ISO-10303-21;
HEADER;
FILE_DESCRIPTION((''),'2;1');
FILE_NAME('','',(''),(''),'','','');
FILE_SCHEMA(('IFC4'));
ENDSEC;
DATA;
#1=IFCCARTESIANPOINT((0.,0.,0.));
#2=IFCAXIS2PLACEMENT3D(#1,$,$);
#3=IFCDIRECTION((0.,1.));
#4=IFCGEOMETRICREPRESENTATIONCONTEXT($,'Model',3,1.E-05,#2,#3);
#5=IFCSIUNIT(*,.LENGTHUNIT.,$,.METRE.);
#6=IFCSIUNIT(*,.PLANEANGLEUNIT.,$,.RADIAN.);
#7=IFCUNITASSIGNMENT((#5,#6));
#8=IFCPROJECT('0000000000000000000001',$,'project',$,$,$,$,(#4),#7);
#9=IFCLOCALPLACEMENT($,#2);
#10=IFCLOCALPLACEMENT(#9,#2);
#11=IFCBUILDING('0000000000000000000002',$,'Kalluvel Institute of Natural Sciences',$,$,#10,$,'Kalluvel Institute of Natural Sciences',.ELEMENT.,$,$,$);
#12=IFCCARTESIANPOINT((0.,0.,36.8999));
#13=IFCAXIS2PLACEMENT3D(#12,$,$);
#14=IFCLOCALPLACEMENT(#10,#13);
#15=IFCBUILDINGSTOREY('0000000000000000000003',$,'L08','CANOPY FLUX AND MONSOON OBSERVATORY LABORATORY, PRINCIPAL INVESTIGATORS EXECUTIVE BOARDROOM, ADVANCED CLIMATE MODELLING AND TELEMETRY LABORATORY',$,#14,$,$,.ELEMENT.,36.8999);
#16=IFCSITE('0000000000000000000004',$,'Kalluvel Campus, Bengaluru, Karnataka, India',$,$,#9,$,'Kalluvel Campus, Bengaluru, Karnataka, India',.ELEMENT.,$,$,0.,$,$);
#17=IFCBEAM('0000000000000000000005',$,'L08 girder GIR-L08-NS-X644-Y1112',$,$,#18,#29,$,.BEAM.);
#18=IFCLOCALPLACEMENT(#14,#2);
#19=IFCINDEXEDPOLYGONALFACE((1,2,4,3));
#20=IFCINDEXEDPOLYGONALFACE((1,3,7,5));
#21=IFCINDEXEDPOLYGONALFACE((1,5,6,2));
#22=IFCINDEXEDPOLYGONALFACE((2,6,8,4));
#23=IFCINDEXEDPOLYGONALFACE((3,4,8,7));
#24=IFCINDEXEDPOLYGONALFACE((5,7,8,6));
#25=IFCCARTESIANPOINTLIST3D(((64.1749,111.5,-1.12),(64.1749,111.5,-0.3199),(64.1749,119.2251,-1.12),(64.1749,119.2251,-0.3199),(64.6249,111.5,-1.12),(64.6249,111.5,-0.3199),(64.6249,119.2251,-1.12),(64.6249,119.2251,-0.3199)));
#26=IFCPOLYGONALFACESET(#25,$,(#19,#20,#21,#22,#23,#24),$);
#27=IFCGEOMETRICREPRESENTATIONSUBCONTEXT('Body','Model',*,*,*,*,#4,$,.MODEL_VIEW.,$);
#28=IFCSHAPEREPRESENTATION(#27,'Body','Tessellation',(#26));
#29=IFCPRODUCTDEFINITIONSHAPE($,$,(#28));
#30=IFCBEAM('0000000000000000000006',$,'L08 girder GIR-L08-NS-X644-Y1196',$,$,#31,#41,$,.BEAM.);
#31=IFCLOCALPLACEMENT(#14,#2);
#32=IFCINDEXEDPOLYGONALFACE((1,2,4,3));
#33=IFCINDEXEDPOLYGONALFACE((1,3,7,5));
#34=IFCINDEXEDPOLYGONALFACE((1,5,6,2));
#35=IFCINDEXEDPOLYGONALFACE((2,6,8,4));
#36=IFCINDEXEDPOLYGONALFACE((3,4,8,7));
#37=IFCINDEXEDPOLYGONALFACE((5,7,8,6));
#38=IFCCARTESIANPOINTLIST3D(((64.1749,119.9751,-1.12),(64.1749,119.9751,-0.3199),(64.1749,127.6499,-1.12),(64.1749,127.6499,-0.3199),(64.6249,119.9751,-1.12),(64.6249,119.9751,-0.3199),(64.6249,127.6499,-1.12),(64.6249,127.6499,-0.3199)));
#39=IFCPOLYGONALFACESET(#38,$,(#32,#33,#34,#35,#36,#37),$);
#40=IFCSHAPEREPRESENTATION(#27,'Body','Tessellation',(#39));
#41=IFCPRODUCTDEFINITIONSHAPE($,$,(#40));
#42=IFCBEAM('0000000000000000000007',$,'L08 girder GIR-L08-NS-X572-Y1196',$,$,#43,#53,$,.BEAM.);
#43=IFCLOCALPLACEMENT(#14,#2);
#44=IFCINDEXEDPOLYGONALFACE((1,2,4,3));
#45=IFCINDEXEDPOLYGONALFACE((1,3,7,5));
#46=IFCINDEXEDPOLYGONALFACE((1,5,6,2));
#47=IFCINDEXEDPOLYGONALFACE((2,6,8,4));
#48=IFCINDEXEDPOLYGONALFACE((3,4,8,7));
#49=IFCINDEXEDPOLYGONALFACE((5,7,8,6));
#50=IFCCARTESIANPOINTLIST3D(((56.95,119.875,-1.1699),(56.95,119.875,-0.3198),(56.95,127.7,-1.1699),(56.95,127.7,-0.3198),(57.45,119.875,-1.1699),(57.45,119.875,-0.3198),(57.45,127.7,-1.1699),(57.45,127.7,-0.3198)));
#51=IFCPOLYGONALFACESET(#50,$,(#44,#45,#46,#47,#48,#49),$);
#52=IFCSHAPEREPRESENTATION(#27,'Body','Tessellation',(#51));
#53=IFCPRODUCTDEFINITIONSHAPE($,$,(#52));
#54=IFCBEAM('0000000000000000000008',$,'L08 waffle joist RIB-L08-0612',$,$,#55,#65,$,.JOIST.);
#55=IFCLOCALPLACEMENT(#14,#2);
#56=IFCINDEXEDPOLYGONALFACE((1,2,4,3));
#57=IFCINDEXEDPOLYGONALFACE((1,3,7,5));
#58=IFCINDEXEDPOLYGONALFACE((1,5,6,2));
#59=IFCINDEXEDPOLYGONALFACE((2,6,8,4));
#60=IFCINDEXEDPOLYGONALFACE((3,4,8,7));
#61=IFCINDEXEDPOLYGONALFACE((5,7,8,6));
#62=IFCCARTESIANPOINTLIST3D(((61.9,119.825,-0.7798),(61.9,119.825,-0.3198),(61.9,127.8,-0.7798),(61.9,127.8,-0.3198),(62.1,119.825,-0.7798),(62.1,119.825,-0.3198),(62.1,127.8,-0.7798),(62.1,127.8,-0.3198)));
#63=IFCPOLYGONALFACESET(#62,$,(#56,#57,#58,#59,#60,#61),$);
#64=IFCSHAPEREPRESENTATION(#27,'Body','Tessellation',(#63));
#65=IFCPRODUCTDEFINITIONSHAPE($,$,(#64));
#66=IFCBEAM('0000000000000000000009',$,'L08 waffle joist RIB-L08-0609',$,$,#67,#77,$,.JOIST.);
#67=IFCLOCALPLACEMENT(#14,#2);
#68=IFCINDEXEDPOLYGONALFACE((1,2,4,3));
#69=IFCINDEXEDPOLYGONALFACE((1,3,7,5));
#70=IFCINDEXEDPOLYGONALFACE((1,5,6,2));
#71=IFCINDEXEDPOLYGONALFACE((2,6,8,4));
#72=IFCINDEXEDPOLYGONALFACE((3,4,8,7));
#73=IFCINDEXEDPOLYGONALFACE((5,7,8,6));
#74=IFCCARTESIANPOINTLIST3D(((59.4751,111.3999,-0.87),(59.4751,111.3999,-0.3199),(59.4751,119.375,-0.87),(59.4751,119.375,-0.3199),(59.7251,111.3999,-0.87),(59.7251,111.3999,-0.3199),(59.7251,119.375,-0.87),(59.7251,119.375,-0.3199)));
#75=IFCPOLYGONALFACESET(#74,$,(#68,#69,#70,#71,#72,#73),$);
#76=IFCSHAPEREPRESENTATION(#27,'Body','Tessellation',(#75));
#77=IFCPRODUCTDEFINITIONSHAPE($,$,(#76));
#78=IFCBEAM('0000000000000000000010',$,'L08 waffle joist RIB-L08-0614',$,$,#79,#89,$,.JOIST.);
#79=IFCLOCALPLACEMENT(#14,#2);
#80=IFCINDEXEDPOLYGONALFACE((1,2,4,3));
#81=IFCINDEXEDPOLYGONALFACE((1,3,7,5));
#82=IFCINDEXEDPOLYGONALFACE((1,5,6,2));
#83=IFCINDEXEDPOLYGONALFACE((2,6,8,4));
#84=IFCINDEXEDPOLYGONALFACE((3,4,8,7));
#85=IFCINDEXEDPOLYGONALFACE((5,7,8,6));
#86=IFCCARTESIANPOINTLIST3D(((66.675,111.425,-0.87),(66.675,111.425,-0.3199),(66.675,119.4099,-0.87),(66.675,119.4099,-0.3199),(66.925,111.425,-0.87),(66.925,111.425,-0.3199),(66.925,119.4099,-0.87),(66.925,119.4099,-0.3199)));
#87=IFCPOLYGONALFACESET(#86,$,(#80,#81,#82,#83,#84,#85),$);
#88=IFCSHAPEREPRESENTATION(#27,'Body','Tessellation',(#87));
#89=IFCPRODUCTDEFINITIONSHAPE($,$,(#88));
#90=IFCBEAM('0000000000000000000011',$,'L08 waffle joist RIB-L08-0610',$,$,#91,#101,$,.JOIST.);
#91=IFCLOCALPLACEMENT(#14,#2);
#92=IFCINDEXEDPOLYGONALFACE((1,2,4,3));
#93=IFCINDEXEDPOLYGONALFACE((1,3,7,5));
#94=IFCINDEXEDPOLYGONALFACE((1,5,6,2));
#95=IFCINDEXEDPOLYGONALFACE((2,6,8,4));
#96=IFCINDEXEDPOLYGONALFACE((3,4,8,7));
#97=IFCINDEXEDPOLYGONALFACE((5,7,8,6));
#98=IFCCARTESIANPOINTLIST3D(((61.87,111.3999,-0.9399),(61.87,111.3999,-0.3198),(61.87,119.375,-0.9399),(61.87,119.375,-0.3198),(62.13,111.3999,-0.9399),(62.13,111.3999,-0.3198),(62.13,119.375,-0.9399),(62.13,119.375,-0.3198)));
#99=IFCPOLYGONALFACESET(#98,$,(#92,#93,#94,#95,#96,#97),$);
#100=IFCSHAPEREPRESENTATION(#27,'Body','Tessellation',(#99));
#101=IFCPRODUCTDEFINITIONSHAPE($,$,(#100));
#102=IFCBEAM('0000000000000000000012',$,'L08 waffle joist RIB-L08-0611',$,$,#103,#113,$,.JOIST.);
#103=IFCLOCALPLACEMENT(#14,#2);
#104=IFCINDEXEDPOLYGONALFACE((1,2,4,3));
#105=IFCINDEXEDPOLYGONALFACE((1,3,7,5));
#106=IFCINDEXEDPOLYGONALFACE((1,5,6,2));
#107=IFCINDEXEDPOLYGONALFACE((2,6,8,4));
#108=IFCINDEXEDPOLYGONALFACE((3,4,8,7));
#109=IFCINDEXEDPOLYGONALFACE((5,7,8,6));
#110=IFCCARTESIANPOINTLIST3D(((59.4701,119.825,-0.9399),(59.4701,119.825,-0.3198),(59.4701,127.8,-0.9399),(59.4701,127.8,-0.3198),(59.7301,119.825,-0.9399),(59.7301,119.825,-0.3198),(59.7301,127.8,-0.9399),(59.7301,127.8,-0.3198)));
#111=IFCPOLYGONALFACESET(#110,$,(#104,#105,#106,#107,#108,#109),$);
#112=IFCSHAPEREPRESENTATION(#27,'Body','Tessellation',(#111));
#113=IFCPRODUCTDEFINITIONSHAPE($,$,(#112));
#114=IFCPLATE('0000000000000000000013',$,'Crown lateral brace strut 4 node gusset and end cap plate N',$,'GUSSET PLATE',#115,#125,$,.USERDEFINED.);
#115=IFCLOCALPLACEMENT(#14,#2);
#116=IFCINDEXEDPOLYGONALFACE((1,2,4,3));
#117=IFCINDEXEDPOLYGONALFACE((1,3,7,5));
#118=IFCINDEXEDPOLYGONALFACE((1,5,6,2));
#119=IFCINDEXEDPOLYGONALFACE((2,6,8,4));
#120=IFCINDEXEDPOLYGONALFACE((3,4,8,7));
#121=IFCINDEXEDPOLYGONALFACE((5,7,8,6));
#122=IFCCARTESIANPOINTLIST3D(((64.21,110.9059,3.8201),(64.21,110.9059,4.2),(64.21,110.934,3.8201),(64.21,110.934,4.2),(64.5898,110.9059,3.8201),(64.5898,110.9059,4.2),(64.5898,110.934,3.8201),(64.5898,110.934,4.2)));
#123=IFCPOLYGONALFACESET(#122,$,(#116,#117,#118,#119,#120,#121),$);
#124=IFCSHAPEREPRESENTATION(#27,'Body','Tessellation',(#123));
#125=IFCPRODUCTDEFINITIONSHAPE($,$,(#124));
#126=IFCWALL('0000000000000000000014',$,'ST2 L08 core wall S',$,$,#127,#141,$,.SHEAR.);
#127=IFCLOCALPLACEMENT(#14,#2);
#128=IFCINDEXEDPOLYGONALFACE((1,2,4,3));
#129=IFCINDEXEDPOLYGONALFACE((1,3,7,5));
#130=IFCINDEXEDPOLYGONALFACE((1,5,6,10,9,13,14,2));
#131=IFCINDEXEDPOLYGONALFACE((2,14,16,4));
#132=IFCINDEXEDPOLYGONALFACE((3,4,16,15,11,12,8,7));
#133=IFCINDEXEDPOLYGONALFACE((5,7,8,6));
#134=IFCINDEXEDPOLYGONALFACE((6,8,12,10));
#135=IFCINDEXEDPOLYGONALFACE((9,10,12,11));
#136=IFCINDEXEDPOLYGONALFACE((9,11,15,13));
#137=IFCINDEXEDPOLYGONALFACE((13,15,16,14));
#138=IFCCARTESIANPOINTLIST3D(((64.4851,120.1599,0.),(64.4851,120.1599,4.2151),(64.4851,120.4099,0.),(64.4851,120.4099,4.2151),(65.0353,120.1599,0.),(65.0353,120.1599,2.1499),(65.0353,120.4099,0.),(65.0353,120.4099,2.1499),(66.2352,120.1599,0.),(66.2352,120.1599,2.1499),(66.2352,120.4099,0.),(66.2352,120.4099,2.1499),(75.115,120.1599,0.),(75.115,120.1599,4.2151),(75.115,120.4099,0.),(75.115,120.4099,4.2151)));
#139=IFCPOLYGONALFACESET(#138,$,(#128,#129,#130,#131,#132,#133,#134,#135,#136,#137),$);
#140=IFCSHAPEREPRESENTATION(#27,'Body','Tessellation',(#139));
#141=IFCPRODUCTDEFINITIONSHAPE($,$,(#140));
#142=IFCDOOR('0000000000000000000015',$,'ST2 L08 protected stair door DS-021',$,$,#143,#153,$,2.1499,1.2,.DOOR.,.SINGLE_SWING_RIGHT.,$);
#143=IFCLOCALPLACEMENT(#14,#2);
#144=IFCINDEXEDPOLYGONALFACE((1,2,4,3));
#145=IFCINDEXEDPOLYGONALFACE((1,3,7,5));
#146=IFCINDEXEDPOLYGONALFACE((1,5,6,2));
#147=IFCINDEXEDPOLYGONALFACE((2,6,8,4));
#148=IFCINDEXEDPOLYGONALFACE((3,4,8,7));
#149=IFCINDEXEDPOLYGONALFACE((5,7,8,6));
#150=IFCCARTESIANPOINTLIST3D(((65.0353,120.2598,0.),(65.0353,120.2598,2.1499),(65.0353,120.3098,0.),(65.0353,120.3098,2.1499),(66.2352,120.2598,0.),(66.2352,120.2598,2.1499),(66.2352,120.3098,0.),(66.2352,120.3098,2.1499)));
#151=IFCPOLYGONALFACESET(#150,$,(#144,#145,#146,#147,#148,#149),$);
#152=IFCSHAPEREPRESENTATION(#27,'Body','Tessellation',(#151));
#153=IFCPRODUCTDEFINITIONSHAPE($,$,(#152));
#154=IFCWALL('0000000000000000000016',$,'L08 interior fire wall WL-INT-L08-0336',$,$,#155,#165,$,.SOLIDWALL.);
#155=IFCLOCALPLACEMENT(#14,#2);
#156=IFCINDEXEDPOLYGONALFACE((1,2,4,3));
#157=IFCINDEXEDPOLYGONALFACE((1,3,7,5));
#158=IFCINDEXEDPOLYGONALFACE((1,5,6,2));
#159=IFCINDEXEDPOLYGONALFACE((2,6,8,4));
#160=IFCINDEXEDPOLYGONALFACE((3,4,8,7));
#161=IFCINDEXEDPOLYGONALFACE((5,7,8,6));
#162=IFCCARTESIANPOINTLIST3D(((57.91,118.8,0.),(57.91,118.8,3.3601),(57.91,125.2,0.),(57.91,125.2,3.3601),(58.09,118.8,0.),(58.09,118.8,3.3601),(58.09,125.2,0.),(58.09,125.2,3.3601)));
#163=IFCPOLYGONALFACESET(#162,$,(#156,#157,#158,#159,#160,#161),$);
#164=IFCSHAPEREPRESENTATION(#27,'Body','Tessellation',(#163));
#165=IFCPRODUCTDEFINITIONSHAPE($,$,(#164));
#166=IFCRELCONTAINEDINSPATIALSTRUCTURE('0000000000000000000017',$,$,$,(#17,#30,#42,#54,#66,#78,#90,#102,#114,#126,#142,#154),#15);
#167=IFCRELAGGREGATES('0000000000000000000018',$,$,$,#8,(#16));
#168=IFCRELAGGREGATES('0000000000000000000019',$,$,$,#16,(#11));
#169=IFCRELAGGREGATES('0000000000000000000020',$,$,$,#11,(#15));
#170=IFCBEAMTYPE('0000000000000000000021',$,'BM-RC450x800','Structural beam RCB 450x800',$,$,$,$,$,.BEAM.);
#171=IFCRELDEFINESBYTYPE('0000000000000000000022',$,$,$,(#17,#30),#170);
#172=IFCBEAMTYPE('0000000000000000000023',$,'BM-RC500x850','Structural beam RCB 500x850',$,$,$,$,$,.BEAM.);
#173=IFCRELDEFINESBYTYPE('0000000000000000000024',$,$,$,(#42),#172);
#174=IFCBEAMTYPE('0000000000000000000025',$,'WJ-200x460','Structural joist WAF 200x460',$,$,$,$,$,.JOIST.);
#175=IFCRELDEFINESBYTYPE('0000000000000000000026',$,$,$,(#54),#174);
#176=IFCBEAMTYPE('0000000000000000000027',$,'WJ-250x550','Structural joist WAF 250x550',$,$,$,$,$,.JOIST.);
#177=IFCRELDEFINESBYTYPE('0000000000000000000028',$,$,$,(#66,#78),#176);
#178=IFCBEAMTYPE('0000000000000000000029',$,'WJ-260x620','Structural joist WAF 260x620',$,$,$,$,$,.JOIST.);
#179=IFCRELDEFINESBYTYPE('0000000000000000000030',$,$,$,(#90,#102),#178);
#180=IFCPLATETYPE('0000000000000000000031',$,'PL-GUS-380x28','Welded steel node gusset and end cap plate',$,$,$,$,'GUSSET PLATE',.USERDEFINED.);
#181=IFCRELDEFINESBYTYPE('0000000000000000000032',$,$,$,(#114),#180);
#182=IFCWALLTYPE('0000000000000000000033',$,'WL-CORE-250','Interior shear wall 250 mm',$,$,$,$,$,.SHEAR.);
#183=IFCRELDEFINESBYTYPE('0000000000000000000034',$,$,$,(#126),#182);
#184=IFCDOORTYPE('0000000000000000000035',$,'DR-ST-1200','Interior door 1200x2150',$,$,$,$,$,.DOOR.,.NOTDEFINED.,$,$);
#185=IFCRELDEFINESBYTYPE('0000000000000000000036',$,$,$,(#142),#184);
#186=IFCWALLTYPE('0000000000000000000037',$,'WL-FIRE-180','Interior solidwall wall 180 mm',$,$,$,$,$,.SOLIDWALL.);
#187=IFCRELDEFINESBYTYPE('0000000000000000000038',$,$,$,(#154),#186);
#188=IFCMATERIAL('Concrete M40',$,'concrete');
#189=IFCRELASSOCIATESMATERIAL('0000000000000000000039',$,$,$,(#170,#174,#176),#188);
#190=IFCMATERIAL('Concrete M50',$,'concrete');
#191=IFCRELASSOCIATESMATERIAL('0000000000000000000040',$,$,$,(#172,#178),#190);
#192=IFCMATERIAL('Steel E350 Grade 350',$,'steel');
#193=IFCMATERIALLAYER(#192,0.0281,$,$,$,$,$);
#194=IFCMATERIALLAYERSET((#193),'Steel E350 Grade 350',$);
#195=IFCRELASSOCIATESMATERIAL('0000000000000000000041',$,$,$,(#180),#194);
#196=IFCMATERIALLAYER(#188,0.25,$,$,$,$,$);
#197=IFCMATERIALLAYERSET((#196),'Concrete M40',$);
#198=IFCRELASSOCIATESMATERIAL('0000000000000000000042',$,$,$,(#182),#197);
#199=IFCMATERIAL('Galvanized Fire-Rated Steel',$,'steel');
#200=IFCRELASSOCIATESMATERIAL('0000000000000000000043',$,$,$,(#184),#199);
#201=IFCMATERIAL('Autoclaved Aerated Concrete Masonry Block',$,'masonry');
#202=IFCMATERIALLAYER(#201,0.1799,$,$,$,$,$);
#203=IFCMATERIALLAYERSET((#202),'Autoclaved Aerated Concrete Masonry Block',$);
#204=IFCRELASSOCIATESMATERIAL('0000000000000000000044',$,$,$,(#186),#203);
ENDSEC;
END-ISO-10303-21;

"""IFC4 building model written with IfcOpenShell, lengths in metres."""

from ifc_helpers import new_model, si_unit, direction, frame, frame_2d, origin, origin_2d, place, context, subcontext, project, spatial, rectangle, extrude, material, layer, layer_set, material_profile, profile_set, type_object, element, fill, save


model = new_model("IFC4")

# Units and contexts
model_context = context("Model", 3, precision=1e-05, world=origin(), true_north=direction((0.0, 1.0)))
body_context = subcontext(model_context, "Body", "Model", "MODEL_VIEW")
ifc_project = project(units=[si_unit("LENGTHUNIT", "METRE"), si_unit("PLANEANGLEUNIT", "RADIAN")], contexts=[model_context])

# Site, building, storey
site_placement = place(None, origin())
site = spatial("IfcSite", under=ifc_project, at=site_placement, Name="Kalluvel Campus, Bengaluru, Karnataka, India", LongName="Kalluvel Campus, Bengaluru, Karnataka, India", CompositionType="ELEMENT", RefElevation=0.0)
building_placement = place(site_placement, origin())
building = spatial("IfcBuilding", under=site, at=building_placement, Name="Kalluvel Institute of Natural Sciences", LongName="Kalluvel Institute of Natural Sciences", CompositionType="ELEMENT")
storey_placement = place(building_placement, frame((0.0, 0.0, 36.8999)))
storey = spatial("IfcBuildingStorey", under=building, at=storey_placement, Name="L08", Description="CANOPY FLUX AND MONSOON OBSERVATORY LABORATORY, PRINCIPAL INVESTIGATORS EXECUTIVE BOARDROOM, ADVANCED CLIMATE MODELLING AND TELEMETRY LABORATORY", CompositionType="ELEMENT", Elevation=36.8999)

# Shared definitions
ifc_material_1 = material(Name="Steel E350 Grade 350", Category="steel")
ifc_material_2 = material(Name="Concrete M40", Category="concrete")

# Beams
ifc_material_profile_1 = material_profile(ifc_material_2, rectangle(XDim=0.45, YDim=0.8, at=origin_2d()), Name="RCB 450x800")
ifc_profile_set_1 = profile_set([ifc_material_profile_1], Name="Concrete M40")
beam_type_1 = type_object("IfcBeamType", Name="BM-RC450x800", Description="Structural beam RCB 450x800", PredefinedType="BEAM", material=ifc_profile_set_1)
beam_1_placement = place(storey_placement, frame((64.3999, 111.5, -0.72), z_axis=(0.0, 1.0, 0.0), x_axis=(-1.0, 0.0, 0.0)))
element("IfcBeam", 1, at=beam_1_placement, inside=storey, type_object=beam_type_1, Name="L08 girder GIR-L08-NS-X644-Y1112", PredefinedType="BEAM", context=body_context, shape_type="SweptSolid", body=[
    extrude(rectangle(XDim=0.45, YDim=0.8, at=origin_2d()), origin(), (0.0, 0.0, 1.0), 7.7251),
])
beam_2_placement = place(storey_placement, frame((64.3999, 119.9751, -0.72), z_axis=(0.0, 1.0, 0.0), x_axis=(-1.0, 0.0, 0.0)))
element("IfcBeam", 2, at=beam_2_placement, inside=storey, type_object=beam_type_1, Name="L08 girder GIR-L08-NS-X644-Y1196", PredefinedType="BEAM", context=body_context, shape_type="SweptSolid", body=[
    extrude(rectangle(XDim=0.45, YDim=0.8, at=origin_2d()), origin(), (0.0, 0.0, 1.0), 7.6748),
])
ifc_material_3 = material(Name="Concrete M50", Category="concrete")
ifc_material_profile_2 = material_profile(ifc_material_3, rectangle(XDim=0.5, YDim=0.8501, at=origin_2d()), Name="RCB 500x850")
ifc_profile_set_2 = profile_set([ifc_material_profile_2], Name="Concrete M50")
beam_type_2 = type_object("IfcBeamType", Name="BM-RC500x850", Description="Structural beam RCB 500x850", PredefinedType="BEAM", material=ifc_profile_set_2)
beam_3_placement = place(storey_placement, frame((57.2, 119.875, -0.7449), z_axis=(0.0, 1.0, 0.0), x_axis=(-1.0, 0.0, 0.0)))
element("IfcBeam", 3, at=beam_3_placement, inside=storey, type_object=beam_type_2, Name="L08 girder GIR-L08-NS-X572-Y1196", PredefinedType="BEAM", context=body_context, shape_type="SweptSolid", body=[
    extrude(rectangle(XDim=0.5, YDim=0.8501, at=origin_2d()), origin(), (0.0, 0.0, 1.0), 7.825),
])
ifc_material_profile_3 = material_profile(ifc_material_2, rectangle(XDim=0.2, YDim=0.46, at=origin_2d()), Name="WAF 200x460")
ifc_profile_set_3 = profile_set([ifc_material_profile_3], Name="Concrete M40")
beam_type_3 = type_object("IfcBeamType", Name="WJ-200x460", Description="Structural joist WAF 200x460", PredefinedType="JOIST", material=ifc_profile_set_3)
beam_4_placement = place(storey_placement, frame((62.0, 119.825, -0.5498), z_axis=(0.0, 1.0, 0.0), x_axis=(-1.0, 0.0, 0.0)))
element("IfcBeam", 4, at=beam_4_placement, inside=storey, type_object=beam_type_3, Name="L08 waffle joist RIB-L08-0612", PredefinedType="JOIST", context=body_context, shape_type="SweptSolid", body=[
    extrude(rectangle(XDim=0.2, YDim=0.46, at=origin_2d()), origin(), (0.0, 0.0, 1.0), 7.9751),
])
ifc_material_profile_4 = material_profile(ifc_material_2, rectangle(XDim=0.25, YDim=0.55, at=origin_2d()), Name="WAF 250x550")
ifc_profile_set_4 = profile_set([ifc_material_profile_4], Name="Concrete M40")
beam_type_4 = type_object("IfcBeamType", Name="WJ-250x550", Description="Structural joist WAF 250x550", PredefinedType="JOIST", material=ifc_profile_set_4)
beam_5_placement = place(storey_placement, frame((59.6001, 111.3999, -0.595), z_axis=(0.0, 1.0, 0.0), x_axis=(-1.0, 0.0, 0.0)))
element("IfcBeam", 5, at=beam_5_placement, inside=storey, type_object=beam_type_4, Name="L08 waffle joist RIB-L08-0609", PredefinedType="JOIST", context=body_context, shape_type="SweptSolid", body=[
    extrude(rectangle(XDim=0.25, YDim=0.55, at=origin_2d()), origin(), (0.0, 0.0, 1.0), 7.9751),
])
beam_6_placement = place(storey_placement, frame((66.8, 111.425, -0.595), z_axis=(0.0, 1.0, 0.0), x_axis=(-1.0, 0.0, 0.0)))
element("IfcBeam", 6, at=beam_6_placement, inside=storey, type_object=beam_type_4, Name="L08 waffle joist RIB-L08-0614", PredefinedType="JOIST", context=body_context, shape_type="SweptSolid", body=[
    extrude(rectangle(XDim=0.25, YDim=0.55, at=origin_2d()), origin(), (0.0, 0.0, 1.0), 7.9849),
])
ifc_material_profile_5 = material_profile(ifc_material_3, rectangle(XDim=0.26, YDim=0.6201, at=origin_2d()), Name="WAF 260x620")
ifc_profile_set_5 = profile_set([ifc_material_profile_5], Name="Concrete M50")
beam_type_5 = type_object("IfcBeamType", Name="WJ-260x620", Description="Structural joist WAF 260x620", PredefinedType="JOIST", material=ifc_profile_set_5)
for number, where, z_axis, x_axis, name in (
    (7, (62.0, 111.3999, -0.6299), (0.0, 1.0, 0.0), (-1.0, 0.0, 0.0), "L08 waffle joist RIB-L08-0610"),
    (8, (59.6001, 119.825, -0.6299), (0.0, 1.0, 0.0), (-1.0, 0.0, 0.0), "L08 waffle joist RIB-L08-0611"),
):
    element("IfcBeam", number, at=place(storey_placement, frame(where, z_axis=z_axis, x_axis=x_axis)), inside=storey, type_object=beam_type_5, Name=name, PredefinedType="JOIST", context=body_context, shape_type="SweptSolid", body=[
        extrude(rectangle(XDim=0.26, YDim=0.6201, at=origin_2d()), origin(), (0.0, 0.0, 1.0), 7.9751),
    ])

# Plate
ifc_layer_1 = layer(ifc_material_1, 0.0281)
ifc_layer_set_1 = layer_set([ifc_layer_1], Name="Steel E350 Grade 350")
plate_type = type_object("IfcPlateType", Name="PL-GUS-380x28", Description="Welded steel node gusset and end cap plate", ElementType="GUSSET PLATE", PredefinedType="USERDEFINED", material=ifc_layer_set_1)
plate_placement = place(storey_placement, frame((64.3999, 110.9199, 3.8201), z_axis=(0.0, 0.0, 1.0), x_axis=(1.0, 0.0, 0.0)))
element("IfcPlate", 9, at=plate_placement, inside=storey, type_object=plate_type, Name="Crown lateral brace strut 4 node gusset and end cap plate N", ObjectType="GUSSET PLATE", PredefinedType="USERDEFINED", context=body_context, shape_type="SweptSolid", body=[
    extrude(rectangle(XDim=0.3799, YDim=0.0281, at=origin_2d()), origin(), (0.0, 0.0, 1.0), 0.3799),
])

# Wall, opening, door
ifc_layer_2 = layer(ifc_material_2, 0.25)
ifc_layer_set_2 = layer_set([ifc_layer_2], Name="Concrete M40")
wall_type_1 = type_object("IfcWallType", Name="WL-CORE-250", Description="Interior shear wall 250 mm", PredefinedType="SHEAR", material=ifc_layer_set_2)
wall_1_placement = place(storey_placement, frame((64.4851, 120.2849, 0.0), z_axis=(0.0, 0.0, 1.0), x_axis=(1.0, 0.0, 0.0)))
wall_1 = element("IfcWall", 10, at=wall_1_placement, inside=storey, type_object=wall_type_1, Name="ST2 L08 core wall S", PredefinedType="SHEAR", context=body_context, shape_type="SweptSolid", body=[
    extrude(rectangle(XDim=10.6299, YDim=0.25, at=frame_2d((5.3149, 0.0))), origin(), (0.0, 0.0, 1.0), 4.2151),
])
opening_1_placement = place(wall_1_placement, frame((0.55, 0.0, 0.0)))
opening_1 = element("IfcOpeningElement", 11, at=opening_1_placement, cuts=wall_1, PredefinedType="OPENING", context=body_context, shape_type="SweptSolid", body=[
    extrude(rectangle(XDim=1.2, YDim=2.1499, at=frame_2d((0.6001, 1.075))), frame((0.0, 0.135, 0.0), z_axis=(0.0, -1.0, 0.0), x_axis=(1.0, 0.0, 0.0)), (0.0, 0.0, 1.0), 0.27),
])
ifc_material_4 = material(Name="Galvanized Fire-Rated Steel", Category="steel")
door_type_1 = type_object("IfcDoorType", Name="DR-ST-1200", Description="Interior door 1200x2150", OperationType="NOTDEFINED", PredefinedType="DOOR", material=ifc_material_4)
door_1_placement = place(opening_1_placement, origin())
door_1 = element("IfcDoor", 12, at=door_1_placement, inside=storey, type_object=door_type_1, Name="ST2 L08 protected stair door DS-021", OperationType="SINGLE_SWING_RIGHT", OverallHeight=2.1499, OverallWidth=1.2, PredefinedType="DOOR", context=body_context, shape_type="SweptSolid", body=[
    extrude(rectangle(XDim=1.2, YDim=2.1499, at=frame_2d((0.6001, 1.075))), frame((0.0, 0.0249, 0.0), z_axis=(0.0, -1.0, 0.0), x_axis=(1.0, 0.0, 0.0)), (0.0, 0.0, 1.0), 0.05),
])
fill(opening_1, door_1)

# Wall
ifc_material_5 = material(Name="Autoclaved Aerated Concrete Masonry Block", Category="masonry")
ifc_layer_3 = layer(ifc_material_5, 0.1799)
ifc_layer_set_3 = layer_set([ifc_layer_3], Name="Autoclaved Aerated Concrete Masonry Block")
wall_type_2 = type_object("IfcWallType", Name="WL-FIRE-180", Description="Interior solidwall wall 180 mm", PredefinedType="SOLIDWALL", material=ifc_layer_set_3)
wall_2_placement = place(storey_placement, frame((58.0, 118.8, 0.0), z_axis=(0.0, 0.0, 1.0), x_axis=(0.0, 1.0, 0.0)))
element("IfcWall", 13, at=wall_2_placement, inside=storey, type_object=wall_type_2, Name="L08 interior fire wall WL-INT-L08-0336", PredefinedType="SOLIDWALL", context=body_context, shape_type="SweptSolid", body=[
    extrude(rectangle(XDim=6.3999, YDim=0.1799, at=frame_2d((3.2, 0.0))), origin(), (0.0, 0.0, 1.0), 3.3601),
])

save(model, "model.ifc")
